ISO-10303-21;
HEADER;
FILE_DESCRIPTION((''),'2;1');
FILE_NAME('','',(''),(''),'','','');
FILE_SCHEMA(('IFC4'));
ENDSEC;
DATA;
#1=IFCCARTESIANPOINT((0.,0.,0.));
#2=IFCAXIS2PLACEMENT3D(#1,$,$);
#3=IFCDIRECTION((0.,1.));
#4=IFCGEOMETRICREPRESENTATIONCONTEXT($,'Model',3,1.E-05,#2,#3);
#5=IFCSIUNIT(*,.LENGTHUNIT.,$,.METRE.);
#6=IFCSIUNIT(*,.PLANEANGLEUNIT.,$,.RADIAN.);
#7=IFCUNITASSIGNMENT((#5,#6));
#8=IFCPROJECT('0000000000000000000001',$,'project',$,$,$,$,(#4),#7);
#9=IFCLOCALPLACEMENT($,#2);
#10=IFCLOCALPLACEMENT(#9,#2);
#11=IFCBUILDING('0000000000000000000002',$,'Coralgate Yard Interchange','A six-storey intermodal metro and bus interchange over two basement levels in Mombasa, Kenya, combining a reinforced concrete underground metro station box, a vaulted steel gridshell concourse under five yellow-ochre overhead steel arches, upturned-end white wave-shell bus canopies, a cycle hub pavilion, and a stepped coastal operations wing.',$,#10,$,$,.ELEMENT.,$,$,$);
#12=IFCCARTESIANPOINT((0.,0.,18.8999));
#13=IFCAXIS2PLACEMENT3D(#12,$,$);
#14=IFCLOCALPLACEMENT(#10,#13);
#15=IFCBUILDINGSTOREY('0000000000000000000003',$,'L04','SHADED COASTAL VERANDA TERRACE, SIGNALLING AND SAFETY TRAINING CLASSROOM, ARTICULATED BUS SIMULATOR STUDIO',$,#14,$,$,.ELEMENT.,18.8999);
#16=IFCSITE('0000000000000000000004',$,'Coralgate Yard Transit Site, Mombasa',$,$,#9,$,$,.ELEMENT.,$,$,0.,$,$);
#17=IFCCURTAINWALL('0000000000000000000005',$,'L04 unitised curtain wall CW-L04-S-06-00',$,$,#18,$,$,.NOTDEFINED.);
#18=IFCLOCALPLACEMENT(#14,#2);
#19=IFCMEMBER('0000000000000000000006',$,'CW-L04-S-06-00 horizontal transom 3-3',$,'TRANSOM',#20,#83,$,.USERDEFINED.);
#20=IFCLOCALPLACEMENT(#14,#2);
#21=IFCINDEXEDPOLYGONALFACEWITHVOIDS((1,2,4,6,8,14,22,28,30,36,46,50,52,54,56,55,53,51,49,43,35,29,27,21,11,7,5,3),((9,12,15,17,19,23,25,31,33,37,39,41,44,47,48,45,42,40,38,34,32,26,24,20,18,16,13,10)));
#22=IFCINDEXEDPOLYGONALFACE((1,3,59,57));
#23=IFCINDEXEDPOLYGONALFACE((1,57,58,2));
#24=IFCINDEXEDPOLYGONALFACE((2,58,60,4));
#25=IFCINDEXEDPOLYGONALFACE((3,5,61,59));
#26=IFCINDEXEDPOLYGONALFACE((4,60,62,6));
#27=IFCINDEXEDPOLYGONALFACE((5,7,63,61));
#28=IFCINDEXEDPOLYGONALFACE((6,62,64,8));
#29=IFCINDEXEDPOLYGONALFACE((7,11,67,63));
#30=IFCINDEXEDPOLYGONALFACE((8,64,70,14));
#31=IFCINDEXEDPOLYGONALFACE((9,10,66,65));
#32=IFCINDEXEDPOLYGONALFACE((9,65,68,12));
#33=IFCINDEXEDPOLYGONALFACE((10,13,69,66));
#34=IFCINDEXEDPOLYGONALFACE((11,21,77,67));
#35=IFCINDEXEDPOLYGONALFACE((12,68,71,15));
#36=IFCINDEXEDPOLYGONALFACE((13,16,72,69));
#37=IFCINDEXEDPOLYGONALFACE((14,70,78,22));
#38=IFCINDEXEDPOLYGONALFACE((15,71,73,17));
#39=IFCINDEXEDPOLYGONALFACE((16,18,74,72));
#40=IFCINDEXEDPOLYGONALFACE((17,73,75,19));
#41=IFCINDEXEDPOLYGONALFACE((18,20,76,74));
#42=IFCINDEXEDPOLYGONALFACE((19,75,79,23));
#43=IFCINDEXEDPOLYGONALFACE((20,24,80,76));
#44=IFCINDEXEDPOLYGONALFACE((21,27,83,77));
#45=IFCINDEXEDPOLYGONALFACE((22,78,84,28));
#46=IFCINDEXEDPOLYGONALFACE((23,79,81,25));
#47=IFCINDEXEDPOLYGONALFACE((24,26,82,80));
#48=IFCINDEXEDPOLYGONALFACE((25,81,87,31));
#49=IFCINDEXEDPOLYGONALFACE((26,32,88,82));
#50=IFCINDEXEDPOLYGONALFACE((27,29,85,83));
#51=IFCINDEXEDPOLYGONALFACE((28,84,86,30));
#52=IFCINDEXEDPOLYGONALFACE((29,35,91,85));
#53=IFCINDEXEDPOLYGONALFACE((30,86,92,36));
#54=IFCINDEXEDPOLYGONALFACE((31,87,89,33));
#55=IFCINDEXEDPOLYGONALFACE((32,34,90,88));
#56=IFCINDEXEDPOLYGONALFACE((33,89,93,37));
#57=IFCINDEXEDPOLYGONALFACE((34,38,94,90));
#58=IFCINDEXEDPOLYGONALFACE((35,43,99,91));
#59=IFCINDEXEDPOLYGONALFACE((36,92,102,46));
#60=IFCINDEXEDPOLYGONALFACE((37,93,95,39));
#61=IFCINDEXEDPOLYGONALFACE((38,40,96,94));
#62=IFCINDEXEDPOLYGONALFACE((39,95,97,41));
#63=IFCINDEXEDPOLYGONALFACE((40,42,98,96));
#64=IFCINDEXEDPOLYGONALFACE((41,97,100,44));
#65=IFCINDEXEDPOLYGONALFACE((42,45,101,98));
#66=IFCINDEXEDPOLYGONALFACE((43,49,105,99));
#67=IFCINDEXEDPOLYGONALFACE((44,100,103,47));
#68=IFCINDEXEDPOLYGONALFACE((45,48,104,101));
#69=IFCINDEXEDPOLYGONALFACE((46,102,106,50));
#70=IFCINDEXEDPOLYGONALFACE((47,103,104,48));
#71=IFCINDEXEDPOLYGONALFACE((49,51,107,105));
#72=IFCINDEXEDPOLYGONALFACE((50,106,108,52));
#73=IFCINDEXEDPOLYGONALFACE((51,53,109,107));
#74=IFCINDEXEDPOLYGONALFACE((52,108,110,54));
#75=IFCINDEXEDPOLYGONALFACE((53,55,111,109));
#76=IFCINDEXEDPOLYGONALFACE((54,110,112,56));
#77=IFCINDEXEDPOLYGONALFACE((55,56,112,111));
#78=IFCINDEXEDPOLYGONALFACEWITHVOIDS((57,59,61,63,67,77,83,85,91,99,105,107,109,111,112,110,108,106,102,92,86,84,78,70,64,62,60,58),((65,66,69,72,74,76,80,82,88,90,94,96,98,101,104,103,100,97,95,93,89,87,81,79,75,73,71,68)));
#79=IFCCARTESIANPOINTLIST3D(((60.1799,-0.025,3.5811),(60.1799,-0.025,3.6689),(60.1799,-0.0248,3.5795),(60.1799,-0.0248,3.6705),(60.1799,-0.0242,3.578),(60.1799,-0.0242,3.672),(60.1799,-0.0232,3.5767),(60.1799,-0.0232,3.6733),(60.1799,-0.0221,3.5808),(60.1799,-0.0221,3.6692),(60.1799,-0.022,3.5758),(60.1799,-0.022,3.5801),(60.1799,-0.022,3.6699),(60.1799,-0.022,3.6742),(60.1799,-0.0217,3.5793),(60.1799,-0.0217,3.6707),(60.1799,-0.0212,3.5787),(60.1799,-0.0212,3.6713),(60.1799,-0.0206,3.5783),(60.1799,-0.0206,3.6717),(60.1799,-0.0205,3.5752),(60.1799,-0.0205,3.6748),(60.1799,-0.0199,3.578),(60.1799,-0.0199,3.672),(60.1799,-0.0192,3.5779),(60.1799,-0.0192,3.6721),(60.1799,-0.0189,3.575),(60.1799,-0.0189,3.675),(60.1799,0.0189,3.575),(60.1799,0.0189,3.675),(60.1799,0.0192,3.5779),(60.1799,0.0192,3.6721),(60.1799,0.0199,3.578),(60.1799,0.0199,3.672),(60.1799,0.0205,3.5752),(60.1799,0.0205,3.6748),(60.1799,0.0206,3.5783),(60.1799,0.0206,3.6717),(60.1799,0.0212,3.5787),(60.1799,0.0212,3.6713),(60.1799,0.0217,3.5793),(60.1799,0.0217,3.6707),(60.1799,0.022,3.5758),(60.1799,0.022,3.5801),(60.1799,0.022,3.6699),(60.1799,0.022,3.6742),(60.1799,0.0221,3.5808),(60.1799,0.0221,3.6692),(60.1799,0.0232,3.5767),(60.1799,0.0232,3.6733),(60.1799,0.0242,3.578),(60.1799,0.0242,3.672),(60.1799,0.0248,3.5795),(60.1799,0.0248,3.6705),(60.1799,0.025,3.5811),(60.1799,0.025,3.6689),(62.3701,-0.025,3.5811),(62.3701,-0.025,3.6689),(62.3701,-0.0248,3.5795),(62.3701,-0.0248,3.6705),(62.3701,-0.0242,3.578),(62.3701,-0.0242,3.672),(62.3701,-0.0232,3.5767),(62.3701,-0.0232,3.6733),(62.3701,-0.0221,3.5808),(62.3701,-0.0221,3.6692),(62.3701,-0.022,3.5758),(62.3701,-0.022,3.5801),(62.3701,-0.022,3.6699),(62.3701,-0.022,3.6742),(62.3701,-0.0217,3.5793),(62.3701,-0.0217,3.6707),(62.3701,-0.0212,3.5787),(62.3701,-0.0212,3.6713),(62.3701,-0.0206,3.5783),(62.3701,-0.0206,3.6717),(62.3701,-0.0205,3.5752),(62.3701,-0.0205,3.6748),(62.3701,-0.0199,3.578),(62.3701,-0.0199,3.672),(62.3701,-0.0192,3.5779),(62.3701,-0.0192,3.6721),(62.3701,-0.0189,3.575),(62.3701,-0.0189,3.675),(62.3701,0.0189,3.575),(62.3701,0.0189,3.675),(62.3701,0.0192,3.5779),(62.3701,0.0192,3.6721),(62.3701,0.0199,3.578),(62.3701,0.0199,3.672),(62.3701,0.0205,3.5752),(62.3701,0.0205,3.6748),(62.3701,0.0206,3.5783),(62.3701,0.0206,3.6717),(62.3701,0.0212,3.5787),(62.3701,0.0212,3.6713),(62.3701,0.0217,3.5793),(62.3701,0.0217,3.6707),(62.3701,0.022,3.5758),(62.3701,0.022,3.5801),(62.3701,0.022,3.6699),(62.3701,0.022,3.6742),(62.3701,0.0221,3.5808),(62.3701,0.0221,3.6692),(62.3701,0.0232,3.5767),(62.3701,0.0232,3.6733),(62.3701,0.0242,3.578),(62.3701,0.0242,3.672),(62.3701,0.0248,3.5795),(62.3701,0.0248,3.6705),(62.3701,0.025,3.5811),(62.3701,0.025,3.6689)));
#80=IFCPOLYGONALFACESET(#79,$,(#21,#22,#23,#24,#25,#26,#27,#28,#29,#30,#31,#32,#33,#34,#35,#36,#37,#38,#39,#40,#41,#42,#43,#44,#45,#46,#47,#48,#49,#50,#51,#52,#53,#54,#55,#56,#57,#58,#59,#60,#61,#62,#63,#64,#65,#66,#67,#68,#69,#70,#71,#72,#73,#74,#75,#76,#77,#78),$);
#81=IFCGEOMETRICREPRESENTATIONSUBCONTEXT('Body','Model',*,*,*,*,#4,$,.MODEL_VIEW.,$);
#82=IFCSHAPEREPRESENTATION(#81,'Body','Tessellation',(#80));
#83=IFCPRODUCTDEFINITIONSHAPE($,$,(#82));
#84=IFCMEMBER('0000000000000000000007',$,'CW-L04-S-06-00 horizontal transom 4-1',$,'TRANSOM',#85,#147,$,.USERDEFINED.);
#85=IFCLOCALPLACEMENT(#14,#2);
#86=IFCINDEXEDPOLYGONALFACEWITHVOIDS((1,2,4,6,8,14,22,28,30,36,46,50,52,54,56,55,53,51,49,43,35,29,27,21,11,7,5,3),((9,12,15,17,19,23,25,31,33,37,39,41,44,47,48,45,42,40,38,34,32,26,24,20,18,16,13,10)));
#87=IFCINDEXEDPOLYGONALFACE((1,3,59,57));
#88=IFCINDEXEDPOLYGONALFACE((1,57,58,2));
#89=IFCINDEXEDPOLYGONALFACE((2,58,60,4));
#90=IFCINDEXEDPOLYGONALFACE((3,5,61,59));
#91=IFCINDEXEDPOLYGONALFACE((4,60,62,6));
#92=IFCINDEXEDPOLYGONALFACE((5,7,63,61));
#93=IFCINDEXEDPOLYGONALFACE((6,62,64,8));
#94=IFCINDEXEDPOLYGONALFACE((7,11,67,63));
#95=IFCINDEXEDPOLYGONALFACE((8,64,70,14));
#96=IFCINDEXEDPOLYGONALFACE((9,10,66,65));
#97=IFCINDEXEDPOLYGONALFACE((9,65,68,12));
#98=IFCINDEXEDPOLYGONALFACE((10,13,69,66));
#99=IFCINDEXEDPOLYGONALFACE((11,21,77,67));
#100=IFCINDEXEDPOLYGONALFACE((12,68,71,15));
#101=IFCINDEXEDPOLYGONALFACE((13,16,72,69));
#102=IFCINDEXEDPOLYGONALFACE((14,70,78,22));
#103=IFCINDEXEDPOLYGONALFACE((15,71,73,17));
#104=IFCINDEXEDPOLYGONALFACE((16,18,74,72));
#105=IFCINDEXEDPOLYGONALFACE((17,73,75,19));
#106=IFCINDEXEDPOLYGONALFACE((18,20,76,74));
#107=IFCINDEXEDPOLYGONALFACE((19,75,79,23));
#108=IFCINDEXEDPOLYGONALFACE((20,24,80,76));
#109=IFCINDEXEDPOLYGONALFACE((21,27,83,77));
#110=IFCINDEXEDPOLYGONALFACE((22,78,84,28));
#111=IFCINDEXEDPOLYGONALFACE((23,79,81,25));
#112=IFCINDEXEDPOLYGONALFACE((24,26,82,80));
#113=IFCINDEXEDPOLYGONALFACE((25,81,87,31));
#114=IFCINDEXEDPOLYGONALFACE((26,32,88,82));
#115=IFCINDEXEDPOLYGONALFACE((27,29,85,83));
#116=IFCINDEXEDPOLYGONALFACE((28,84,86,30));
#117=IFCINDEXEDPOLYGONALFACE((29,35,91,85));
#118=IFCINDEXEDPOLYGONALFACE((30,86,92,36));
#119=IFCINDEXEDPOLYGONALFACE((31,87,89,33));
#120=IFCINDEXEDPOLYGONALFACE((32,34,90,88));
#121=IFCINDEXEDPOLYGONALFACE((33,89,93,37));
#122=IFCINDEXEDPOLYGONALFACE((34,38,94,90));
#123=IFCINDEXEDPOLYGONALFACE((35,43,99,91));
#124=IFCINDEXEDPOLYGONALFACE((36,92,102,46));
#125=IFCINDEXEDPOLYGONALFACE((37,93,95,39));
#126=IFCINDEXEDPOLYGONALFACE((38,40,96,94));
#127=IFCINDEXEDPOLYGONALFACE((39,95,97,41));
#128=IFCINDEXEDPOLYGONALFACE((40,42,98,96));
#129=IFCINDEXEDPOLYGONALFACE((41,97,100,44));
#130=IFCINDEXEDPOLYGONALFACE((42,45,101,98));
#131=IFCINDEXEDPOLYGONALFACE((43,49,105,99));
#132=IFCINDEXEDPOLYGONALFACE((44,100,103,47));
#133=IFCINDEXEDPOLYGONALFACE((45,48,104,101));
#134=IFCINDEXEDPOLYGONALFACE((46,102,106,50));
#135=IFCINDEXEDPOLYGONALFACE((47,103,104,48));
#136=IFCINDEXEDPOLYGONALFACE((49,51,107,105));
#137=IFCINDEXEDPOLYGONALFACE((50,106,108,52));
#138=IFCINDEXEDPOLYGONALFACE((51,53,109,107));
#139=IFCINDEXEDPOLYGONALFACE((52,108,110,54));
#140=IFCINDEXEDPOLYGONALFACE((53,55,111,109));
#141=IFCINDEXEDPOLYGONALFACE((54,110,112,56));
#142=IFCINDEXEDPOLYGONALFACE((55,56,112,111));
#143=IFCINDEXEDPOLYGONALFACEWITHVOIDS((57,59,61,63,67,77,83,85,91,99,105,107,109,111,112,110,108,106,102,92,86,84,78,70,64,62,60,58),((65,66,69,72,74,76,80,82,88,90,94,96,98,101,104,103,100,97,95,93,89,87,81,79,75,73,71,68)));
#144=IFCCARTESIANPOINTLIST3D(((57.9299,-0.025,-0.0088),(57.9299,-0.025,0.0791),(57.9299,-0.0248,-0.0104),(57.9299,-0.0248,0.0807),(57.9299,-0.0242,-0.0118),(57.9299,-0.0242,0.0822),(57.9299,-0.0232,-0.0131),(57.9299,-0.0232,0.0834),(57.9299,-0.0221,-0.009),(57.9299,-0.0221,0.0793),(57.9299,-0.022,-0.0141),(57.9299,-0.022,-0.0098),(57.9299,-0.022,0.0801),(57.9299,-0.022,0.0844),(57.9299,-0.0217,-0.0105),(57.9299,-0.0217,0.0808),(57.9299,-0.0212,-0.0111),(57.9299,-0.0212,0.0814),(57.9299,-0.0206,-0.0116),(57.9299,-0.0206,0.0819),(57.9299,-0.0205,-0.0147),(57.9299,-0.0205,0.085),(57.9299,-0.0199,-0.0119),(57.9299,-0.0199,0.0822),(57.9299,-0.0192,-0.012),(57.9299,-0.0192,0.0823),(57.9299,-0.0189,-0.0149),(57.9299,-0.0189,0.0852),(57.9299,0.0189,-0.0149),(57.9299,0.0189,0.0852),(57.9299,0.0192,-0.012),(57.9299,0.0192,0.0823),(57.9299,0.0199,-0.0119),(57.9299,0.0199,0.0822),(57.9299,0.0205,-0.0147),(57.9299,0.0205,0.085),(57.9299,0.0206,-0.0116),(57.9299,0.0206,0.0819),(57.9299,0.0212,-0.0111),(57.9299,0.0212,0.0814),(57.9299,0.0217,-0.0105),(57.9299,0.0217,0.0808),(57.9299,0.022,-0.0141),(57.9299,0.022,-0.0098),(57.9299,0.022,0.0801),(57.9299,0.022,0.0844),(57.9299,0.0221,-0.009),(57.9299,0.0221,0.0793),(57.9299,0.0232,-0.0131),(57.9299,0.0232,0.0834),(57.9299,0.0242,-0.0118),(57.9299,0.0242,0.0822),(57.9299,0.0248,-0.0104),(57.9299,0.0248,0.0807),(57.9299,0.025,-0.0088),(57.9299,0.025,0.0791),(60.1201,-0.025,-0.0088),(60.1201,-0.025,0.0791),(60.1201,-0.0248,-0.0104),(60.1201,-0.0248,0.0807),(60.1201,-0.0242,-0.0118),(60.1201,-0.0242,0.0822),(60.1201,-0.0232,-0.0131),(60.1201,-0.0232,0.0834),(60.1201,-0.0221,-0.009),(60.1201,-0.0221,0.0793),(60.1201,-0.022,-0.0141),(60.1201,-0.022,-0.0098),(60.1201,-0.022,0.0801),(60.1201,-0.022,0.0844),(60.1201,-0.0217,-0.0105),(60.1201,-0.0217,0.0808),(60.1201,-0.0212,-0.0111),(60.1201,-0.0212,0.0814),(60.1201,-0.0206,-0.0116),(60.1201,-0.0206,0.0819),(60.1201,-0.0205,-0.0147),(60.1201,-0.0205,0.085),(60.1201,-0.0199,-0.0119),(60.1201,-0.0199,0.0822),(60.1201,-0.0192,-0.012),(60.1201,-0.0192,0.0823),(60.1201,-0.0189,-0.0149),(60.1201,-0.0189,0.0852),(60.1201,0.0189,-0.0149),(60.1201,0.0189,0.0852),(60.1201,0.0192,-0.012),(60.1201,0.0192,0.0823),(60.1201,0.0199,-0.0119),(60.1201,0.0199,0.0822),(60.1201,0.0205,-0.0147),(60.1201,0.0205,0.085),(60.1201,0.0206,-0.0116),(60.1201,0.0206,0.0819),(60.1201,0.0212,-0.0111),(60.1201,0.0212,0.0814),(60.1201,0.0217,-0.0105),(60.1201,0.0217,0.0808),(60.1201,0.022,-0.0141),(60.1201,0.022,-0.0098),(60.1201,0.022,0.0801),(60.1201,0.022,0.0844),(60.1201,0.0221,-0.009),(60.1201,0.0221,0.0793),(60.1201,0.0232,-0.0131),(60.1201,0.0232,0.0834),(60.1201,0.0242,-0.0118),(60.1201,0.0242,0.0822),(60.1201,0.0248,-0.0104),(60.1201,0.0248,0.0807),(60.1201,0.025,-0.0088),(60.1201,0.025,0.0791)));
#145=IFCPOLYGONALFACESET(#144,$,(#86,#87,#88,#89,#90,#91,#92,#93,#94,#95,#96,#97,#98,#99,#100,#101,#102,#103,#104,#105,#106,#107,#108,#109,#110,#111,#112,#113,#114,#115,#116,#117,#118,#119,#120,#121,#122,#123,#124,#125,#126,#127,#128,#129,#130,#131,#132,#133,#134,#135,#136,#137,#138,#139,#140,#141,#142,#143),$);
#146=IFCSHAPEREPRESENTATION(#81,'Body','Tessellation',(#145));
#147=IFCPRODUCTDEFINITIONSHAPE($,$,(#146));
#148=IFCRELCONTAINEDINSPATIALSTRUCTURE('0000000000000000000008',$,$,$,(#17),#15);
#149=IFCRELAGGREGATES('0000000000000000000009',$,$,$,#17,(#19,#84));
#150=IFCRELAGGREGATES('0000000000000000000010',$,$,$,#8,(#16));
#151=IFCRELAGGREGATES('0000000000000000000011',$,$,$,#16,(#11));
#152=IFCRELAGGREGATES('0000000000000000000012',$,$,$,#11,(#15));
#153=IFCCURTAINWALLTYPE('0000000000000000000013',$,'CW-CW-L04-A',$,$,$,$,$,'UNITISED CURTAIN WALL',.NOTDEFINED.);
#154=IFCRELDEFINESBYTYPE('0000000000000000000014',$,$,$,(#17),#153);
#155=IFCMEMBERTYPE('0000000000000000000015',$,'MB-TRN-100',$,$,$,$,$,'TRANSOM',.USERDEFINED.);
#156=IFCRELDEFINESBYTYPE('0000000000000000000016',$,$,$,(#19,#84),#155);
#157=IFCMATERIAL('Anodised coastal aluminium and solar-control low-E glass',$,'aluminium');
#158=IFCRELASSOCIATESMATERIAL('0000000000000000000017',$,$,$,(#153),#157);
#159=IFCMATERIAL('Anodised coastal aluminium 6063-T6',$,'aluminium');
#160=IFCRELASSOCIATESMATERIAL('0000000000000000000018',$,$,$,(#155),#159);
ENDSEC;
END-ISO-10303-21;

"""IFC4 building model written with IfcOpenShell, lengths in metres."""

from ifc_helpers import new_model, si_unit, direction, frame, origin, origin_2d, place, context, subcontext, project, spatial, hollow_rectangle, extrude, material, material_profile, profile_set, type_object, element, aggregate, save


model = new_model("IFC4")

# Units and contexts
model_context = context("Model", 3, precision=1e-05, world=origin(), true_north=direction((0.0, 1.0)))
body_context = subcontext(model_context, "Body", "Model", "MODEL_VIEW")
ifc_project = project(units=[si_unit("LENGTHUNIT", "METRE"), si_unit("PLANEANGLEUNIT", "RADIAN")], contexts=[model_context])

# Site, building, storey
site_placement = place(None, origin())
site = spatial("IfcSite", under=ifc_project, at=site_placement, Name="Coralgate Yard Transit Site, Mombasa", CompositionType="ELEMENT", RefElevation=0.0)
building_placement = place(site_placement, origin())
building = spatial("IfcBuilding", under=site, at=building_placement, Name="Coralgate Yard Interchange", Description="A six-storey intermodal metro and bus interchange over two basement levels in Mombasa, Kenya, combining a reinforced concrete underground metro station box, a vaulted steel gridshell concourse under five yellow-ochre overhead steel arches, upturned-end white wave-shell bus canopies, a cycle hub pavilion, and a stepped coastal operations wing.", CompositionType="ELEMENT")
storey_placement = place(building_placement, frame((0.0, 0.0, 18.8999)))
storey = spatial("IfcBuildingStorey", under=building, at=storey_placement, Name="L04", Description="SHADED COASTAL VERANDA TERRACE, SIGNALLING AND SAFETY TRAINING CLASSROOM, ARTICULATED BUS SIMULATOR STUDIO", CompositionType="ELEMENT", Elevation=18.8999)

# Curtain wall
ifc_material_1 = material(Name="Anodised coastal aluminium and solar-control low-E glass", Category="aluminium")
curtain_wall_type = type_object("IfcCurtainWallType", Name="CW-CW-L04-A", ElementType="UNITISED CURTAIN WALL", PredefinedType="NOTDEFINED", material=ifc_material_1)
curtain_wall_1_placement = place(storey_placement, origin())
curtain_wall_1 = element("IfcCurtainWall", 1, at=curtain_wall_1_placement, inside=storey, type_object=curtain_wall_type, Name="L04 unitised curtain wall CW-L04-S-06-00", PredefinedType="NOTDEFINED")
ifc_material_2 = material(Name="Anodised coastal aluminium 6063-T6", Category="aluminium")

# Members
ifc_material_profile_1 = material_profile(ifc_material_2, hollow_rectangle(XDim=0.05, YDim=0.1001, WallThickness=0.0029, InnerFilletRadius=0.0029, OuterFilletRadius=0.0061, at=origin_2d()), Name="ALU 50x100x3")
ifc_profile_set_1 = profile_set([ifc_material_profile_1], Name="Anodised coastal aluminium 6063-T6")
member_type_1 = type_object("IfcMemberType", Name="MB-TRN-100", ElementType="TRANSOM", PredefinedType="USERDEFINED", material=ifc_profile_set_1)
member_1_placement = place(storey_placement, frame((62.3701, 0.0, 3.625), z_axis=(-1.0, 0.0, 0.0), x_axis=(0.0, -1.0, 0.0)))
member_1 = element("IfcMember", 2, at=member_1_placement, type_object=member_type_1, Name="CW-L04-S-06-00 horizontal transom 3-3", ObjectType="TRANSOM", PredefinedType="USERDEFINED", context=body_context, shape_type="SweptSolid", body=[
    extrude(hollow_rectangle(XDim=0.05, YDim=0.1001, WallThickness=0.0029, InnerFilletRadius=0.0029, OuterFilletRadius=0.0061, at=origin_2d()), origin(), (0.0, 0.0, 1.0), 2.1902),
])
member_2_placement = place(storey_placement, frame((60.1201, 0.0, 0.0352), z_axis=(-1.0, 0.0, 0.0), x_axis=(0.0, -1.0, 0.0)))
member_2 = element("IfcMember", 3, at=member_2_placement, type_object=member_type_1, Name="CW-L04-S-06-00 horizontal transom 4-1", ObjectType="TRANSOM", PredefinedType="USERDEFINED", context=body_context, shape_type="SweptSolid", body=[
    extrude(hollow_rectangle(XDim=0.05, YDim=0.1001, WallThickness=0.0029, InnerFilletRadius=0.0029, OuterFilletRadius=0.0061, at=origin_2d()), origin(), (0.0, 0.0, 1.0), 2.1902),
])

aggregate(curtain_wall_1, [member_1, member_2])

save(model, "model.ifc")
